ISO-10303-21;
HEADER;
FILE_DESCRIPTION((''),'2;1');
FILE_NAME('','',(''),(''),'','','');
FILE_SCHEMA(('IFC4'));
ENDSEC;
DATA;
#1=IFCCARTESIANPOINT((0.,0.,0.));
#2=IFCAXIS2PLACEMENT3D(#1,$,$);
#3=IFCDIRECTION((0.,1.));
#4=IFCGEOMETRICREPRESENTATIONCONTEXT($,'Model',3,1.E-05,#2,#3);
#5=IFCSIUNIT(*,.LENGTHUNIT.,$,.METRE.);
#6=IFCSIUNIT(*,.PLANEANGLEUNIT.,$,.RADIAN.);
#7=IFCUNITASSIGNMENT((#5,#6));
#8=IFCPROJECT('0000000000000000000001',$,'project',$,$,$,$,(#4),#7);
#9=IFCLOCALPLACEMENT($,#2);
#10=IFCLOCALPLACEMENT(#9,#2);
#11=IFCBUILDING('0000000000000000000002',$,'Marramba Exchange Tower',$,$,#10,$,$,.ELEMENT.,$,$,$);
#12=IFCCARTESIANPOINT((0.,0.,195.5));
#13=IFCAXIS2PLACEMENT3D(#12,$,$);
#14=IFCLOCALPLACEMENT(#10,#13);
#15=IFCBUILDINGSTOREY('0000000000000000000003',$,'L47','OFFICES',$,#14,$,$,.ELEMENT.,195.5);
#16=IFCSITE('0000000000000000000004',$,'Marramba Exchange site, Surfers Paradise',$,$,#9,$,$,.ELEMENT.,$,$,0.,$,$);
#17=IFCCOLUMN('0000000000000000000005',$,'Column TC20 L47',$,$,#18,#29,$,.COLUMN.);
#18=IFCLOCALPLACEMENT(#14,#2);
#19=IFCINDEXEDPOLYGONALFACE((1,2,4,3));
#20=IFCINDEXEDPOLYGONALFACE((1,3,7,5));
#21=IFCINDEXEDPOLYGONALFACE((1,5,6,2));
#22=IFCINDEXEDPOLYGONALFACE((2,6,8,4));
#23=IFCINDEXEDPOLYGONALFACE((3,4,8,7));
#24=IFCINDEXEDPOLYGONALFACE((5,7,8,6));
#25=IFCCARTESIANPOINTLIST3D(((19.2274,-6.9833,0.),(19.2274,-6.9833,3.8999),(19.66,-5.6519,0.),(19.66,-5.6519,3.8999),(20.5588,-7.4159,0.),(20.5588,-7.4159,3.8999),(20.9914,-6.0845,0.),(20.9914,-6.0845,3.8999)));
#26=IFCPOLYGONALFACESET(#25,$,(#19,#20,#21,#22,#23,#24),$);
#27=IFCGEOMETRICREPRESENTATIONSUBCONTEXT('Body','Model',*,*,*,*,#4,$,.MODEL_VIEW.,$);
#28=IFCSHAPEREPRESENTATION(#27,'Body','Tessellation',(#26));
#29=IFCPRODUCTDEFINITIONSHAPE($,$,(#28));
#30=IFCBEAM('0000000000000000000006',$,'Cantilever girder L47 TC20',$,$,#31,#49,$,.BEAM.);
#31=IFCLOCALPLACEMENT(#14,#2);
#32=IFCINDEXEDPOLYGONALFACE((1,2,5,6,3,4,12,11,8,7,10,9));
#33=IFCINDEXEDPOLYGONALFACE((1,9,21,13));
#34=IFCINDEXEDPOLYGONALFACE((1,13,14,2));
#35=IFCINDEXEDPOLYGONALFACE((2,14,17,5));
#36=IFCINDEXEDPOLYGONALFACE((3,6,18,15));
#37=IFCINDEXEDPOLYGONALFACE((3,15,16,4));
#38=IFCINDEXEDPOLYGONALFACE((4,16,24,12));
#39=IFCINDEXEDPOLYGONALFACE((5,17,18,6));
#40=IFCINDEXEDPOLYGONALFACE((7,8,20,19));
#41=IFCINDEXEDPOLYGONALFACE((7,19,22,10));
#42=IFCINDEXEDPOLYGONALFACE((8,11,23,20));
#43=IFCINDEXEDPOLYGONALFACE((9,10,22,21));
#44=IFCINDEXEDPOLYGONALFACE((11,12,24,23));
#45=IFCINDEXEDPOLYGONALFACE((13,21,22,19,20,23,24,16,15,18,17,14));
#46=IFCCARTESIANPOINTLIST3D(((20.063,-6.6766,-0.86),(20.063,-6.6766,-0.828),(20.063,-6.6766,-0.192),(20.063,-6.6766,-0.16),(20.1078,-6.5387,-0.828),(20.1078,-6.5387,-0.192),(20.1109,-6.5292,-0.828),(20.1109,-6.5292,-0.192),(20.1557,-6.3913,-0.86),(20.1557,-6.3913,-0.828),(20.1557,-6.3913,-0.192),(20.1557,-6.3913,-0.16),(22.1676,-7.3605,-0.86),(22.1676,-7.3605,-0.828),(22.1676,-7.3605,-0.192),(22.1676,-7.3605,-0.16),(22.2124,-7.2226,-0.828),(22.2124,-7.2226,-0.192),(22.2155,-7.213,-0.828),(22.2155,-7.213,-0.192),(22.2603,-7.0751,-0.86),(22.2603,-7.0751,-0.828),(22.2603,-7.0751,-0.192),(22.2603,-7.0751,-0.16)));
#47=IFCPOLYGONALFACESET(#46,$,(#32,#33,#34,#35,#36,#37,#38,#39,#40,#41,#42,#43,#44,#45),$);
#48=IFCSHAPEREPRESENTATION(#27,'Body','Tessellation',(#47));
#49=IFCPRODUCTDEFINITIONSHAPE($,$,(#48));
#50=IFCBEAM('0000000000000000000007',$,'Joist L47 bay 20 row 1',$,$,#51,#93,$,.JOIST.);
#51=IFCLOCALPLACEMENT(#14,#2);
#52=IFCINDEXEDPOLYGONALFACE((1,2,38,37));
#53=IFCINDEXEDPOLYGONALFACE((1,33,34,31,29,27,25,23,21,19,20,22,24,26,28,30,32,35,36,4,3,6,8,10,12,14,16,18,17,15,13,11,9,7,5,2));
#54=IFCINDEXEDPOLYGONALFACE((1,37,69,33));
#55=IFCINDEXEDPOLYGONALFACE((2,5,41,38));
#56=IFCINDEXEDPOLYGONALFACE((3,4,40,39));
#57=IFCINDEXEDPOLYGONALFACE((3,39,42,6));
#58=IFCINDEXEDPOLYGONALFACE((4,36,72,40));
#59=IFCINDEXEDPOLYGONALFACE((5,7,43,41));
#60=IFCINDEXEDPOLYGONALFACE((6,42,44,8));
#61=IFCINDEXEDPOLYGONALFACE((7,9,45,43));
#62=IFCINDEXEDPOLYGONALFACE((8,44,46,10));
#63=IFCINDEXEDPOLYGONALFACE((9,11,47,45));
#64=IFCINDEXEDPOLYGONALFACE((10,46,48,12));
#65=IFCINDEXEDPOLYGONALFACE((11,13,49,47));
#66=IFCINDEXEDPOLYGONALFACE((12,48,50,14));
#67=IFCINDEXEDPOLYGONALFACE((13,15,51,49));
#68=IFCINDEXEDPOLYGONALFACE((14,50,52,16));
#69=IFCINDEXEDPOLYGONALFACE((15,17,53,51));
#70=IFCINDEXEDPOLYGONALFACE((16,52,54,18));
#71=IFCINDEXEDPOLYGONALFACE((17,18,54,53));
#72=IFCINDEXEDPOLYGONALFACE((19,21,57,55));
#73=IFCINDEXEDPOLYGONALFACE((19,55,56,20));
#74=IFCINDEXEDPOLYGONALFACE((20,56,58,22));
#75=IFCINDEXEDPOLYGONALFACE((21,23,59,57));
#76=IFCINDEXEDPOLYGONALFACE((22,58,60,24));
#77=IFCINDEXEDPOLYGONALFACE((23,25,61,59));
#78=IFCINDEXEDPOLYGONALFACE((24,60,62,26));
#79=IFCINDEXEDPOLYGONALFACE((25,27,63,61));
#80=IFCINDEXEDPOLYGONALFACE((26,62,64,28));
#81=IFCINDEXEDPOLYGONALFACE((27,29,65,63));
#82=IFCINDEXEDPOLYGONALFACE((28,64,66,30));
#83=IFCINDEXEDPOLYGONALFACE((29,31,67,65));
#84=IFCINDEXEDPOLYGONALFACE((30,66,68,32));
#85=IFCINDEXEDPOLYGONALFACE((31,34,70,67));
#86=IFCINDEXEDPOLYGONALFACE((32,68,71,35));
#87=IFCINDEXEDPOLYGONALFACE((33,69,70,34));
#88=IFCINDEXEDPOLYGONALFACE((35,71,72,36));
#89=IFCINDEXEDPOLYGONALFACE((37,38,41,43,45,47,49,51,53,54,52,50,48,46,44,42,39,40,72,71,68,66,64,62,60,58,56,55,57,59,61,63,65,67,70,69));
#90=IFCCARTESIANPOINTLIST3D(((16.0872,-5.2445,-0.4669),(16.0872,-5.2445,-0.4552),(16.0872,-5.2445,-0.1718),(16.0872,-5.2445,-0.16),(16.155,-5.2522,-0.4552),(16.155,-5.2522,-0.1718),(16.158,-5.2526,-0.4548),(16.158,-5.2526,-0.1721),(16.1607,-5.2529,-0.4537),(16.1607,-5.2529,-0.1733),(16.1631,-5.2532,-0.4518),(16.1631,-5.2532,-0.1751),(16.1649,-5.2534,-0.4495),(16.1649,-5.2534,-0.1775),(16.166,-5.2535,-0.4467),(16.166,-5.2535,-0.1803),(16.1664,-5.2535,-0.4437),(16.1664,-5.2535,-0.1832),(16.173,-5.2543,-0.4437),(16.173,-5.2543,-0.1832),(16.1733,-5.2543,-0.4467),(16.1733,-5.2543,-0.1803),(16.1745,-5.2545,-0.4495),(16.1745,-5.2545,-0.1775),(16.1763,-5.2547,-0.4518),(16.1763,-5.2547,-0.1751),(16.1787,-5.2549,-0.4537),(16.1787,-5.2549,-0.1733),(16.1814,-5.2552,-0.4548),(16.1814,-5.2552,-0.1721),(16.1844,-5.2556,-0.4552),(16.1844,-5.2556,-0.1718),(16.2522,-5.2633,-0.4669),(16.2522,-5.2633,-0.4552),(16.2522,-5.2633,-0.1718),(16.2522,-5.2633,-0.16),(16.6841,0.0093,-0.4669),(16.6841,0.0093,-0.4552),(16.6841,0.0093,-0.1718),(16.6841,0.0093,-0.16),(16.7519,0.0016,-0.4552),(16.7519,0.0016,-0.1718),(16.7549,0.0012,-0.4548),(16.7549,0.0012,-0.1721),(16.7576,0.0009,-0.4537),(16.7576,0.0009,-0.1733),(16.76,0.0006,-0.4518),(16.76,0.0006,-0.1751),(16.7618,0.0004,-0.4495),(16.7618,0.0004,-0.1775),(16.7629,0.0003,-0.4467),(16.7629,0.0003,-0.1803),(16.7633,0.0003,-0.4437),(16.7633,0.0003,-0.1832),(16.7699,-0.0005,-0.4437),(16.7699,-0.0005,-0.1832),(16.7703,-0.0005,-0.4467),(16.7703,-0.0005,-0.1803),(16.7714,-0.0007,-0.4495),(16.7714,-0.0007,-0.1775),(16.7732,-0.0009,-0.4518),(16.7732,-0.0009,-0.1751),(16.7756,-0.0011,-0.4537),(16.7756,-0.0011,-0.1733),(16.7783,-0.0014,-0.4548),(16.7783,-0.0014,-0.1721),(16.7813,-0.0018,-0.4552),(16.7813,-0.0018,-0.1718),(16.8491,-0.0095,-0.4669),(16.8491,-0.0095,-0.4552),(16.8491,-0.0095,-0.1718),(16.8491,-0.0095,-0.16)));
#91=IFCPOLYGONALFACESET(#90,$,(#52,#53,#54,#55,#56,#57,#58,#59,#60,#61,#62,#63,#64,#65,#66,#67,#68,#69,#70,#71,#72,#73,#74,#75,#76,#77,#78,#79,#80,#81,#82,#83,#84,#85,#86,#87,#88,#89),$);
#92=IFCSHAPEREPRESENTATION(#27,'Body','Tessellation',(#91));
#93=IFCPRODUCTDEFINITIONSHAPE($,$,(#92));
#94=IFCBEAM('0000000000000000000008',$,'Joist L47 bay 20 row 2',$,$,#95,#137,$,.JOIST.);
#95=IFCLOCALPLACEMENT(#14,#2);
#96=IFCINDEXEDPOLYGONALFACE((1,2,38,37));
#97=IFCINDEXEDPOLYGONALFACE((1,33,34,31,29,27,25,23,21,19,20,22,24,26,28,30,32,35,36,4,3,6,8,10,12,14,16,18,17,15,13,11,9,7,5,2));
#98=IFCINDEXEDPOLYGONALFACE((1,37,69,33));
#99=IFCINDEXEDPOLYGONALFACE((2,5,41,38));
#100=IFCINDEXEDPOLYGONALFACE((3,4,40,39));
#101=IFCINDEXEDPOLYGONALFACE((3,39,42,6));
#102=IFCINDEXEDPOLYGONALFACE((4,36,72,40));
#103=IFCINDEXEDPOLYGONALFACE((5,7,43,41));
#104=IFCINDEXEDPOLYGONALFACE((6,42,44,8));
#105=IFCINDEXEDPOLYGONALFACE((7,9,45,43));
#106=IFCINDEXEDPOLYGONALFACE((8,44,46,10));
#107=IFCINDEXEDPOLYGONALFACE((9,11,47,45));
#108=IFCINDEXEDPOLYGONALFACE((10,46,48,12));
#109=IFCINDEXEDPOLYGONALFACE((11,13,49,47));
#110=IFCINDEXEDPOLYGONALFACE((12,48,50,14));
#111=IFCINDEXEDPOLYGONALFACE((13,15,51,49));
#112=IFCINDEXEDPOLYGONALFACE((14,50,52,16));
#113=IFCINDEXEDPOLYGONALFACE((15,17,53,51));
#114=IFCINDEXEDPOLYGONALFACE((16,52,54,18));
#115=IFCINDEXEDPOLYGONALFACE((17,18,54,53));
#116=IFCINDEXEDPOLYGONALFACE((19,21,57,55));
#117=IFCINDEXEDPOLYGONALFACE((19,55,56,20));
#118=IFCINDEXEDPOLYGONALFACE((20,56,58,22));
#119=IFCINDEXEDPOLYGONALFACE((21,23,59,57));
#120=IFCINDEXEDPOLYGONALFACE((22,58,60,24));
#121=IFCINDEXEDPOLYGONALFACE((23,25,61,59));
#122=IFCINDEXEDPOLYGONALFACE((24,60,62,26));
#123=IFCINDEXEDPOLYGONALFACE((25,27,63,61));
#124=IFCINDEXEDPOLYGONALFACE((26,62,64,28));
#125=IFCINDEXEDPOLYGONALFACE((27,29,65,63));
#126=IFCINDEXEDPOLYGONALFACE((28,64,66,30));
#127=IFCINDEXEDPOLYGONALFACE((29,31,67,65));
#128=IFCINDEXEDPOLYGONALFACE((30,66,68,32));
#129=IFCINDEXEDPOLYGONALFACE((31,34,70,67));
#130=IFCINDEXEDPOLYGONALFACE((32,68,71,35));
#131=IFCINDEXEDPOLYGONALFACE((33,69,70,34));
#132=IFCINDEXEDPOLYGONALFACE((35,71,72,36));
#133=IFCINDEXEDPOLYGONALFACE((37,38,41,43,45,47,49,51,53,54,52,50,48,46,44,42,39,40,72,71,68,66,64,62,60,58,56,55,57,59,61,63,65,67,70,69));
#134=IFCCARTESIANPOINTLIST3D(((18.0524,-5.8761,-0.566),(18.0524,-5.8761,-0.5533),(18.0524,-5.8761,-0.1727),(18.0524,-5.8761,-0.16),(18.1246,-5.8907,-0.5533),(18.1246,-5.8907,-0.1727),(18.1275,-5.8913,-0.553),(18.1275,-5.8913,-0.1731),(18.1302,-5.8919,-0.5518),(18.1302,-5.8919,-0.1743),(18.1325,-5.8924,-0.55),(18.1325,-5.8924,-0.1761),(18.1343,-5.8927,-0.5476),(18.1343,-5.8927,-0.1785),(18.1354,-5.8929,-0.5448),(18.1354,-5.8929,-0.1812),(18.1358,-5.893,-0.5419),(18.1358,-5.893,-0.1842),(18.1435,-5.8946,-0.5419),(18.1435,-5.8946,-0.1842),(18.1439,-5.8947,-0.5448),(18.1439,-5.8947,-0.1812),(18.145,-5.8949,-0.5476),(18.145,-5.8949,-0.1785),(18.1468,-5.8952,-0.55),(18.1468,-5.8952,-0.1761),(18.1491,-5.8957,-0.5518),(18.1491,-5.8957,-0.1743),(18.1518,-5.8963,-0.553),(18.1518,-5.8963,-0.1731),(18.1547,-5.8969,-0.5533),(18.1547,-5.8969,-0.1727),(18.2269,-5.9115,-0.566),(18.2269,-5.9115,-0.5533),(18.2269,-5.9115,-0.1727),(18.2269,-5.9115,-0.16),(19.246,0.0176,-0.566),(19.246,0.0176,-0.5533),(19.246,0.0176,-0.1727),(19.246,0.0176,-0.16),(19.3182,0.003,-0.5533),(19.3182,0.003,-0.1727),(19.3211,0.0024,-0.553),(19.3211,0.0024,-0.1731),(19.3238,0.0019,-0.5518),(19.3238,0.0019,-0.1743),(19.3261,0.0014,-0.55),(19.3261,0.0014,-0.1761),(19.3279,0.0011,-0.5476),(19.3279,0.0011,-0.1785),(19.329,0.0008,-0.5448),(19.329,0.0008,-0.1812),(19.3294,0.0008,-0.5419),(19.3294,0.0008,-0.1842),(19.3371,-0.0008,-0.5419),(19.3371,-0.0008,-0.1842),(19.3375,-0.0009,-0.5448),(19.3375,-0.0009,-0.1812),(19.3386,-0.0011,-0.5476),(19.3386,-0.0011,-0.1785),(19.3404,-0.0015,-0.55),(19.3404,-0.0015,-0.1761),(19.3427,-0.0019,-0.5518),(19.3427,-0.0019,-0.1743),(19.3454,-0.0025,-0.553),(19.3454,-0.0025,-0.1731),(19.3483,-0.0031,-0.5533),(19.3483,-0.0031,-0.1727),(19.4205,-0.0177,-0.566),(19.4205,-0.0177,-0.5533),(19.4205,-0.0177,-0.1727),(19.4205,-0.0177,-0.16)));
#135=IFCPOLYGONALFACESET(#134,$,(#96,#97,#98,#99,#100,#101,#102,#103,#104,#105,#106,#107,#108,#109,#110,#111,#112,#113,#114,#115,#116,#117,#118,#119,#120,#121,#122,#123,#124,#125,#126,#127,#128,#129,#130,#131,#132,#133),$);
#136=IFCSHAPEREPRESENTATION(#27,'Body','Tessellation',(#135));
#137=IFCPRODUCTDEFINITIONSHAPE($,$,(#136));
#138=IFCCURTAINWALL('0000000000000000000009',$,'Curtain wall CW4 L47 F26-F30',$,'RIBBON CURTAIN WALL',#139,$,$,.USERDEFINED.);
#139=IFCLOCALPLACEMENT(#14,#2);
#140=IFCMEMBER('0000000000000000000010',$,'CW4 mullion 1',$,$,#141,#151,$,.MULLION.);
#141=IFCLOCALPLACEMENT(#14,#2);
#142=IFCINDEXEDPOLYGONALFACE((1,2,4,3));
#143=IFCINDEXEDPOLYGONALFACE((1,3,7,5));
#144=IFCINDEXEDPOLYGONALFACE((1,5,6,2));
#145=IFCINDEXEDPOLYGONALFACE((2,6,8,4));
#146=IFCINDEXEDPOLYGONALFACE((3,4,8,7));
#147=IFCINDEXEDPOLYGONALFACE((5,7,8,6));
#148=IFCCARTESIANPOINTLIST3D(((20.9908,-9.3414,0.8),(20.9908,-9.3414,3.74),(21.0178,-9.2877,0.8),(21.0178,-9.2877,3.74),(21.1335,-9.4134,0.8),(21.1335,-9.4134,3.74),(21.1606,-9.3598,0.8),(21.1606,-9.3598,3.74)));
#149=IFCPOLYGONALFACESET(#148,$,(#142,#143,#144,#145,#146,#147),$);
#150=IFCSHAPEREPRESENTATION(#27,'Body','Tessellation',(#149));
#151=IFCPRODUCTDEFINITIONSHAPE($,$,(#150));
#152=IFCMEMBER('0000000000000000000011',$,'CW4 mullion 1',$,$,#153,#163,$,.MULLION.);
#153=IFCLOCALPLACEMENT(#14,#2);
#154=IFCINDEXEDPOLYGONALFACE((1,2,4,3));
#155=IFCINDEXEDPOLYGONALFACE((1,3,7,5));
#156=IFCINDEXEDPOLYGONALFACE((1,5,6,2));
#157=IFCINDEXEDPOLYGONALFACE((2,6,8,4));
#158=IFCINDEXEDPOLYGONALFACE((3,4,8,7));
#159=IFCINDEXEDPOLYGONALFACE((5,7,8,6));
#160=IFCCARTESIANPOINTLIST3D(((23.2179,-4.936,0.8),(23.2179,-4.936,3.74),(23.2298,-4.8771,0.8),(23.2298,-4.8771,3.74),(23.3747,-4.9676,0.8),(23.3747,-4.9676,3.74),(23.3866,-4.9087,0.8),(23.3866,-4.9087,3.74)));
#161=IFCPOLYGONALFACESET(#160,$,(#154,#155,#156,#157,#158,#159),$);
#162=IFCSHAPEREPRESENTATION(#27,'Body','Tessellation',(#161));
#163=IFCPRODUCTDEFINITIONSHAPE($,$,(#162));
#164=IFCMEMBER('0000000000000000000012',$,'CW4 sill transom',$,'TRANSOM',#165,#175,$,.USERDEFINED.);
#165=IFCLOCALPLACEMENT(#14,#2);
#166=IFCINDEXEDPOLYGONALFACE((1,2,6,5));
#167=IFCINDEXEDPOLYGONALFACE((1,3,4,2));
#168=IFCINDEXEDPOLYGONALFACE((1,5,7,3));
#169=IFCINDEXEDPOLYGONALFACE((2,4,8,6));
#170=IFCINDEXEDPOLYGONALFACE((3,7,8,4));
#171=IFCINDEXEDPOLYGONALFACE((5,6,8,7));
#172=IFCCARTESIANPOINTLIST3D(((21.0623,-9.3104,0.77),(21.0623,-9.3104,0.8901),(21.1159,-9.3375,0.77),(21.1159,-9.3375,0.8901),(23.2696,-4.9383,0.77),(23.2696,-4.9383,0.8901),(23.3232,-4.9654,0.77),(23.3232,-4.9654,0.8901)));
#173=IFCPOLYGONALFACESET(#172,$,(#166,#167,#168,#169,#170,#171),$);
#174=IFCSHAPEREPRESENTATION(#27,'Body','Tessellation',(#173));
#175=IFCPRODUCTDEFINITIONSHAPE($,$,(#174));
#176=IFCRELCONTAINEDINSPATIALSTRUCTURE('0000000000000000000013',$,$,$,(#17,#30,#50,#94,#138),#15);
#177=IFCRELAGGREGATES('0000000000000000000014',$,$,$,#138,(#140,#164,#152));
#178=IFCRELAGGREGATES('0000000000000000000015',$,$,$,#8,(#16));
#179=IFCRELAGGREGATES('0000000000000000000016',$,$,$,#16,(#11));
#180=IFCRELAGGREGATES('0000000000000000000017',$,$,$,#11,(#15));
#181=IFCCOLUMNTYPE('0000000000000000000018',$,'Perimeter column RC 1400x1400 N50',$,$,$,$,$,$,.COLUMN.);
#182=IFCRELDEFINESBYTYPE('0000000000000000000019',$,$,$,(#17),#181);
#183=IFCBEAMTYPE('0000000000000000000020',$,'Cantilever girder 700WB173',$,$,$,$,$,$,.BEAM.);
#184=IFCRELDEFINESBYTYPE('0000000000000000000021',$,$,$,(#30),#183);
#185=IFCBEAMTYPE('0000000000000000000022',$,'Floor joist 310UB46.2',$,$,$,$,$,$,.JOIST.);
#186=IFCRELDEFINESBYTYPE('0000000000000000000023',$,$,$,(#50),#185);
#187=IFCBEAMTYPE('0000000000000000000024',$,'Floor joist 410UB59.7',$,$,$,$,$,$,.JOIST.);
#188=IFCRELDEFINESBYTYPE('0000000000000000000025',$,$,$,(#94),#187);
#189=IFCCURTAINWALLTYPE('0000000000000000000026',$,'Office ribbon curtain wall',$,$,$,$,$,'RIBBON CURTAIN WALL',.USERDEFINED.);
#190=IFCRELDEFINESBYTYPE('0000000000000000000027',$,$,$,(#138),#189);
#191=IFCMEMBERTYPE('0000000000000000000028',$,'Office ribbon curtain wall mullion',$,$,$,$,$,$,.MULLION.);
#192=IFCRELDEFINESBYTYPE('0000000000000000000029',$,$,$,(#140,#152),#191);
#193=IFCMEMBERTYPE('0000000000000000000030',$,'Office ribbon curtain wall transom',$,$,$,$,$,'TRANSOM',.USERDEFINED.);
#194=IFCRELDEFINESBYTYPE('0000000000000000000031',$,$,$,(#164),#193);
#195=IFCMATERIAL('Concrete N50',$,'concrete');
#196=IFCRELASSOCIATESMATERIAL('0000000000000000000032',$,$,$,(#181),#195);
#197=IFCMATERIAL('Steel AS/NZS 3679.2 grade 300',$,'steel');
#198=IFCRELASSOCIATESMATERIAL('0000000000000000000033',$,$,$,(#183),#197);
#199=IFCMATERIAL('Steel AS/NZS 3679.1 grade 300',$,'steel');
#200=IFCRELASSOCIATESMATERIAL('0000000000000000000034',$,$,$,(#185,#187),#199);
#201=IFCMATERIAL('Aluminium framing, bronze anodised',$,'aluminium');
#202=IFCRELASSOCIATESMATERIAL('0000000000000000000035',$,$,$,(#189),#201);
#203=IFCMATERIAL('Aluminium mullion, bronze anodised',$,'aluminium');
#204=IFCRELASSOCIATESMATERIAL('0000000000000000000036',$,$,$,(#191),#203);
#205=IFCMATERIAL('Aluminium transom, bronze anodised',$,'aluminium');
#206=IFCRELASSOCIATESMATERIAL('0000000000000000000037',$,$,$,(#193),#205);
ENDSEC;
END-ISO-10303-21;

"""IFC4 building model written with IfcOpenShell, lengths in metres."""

from ifc_helpers import new_model, si_unit, direction, frame, origin, origin_2d, place, context, subcontext, project, spatial, rectangle, i_section, extrude, material, material_profile, profile_set, type_object, element, aggregate, save


model = new_model("IFC4")

# Units and contexts
model_context = context("Model", 3, precision=1e-05, world=origin(), true_north=direction((0.0, 1.0)))
body_context = subcontext(model_context, "Body", "Model", "MODEL_VIEW")
ifc_project = project(units=[si_unit("LENGTHUNIT", "METRE"), si_unit("PLANEANGLEUNIT", "RADIAN")], contexts=[model_context])

# Site, building, storey
site_placement = place(None, origin())
site = spatial("IfcSite", under=ifc_project, at=site_placement, Name="Marramba Exchange site, Surfers Paradise", CompositionType="ELEMENT", RefElevation=0.0)
building_placement = place(site_placement, origin())
building = spatial("IfcBuilding", under=site, at=building_placement, Name="Marramba Exchange Tower", CompositionType="ELEMENT")
storey_placement = place(building_placement, frame((0.0, 0.0, 195.5)))
storey = spatial("IfcBuildingStorey", under=building, at=storey_placement, Name="L47", Description="OFFICES", CompositionType="ELEMENT", Elevation=195.5)

# Column
ifc_material_1 = material(Name="Concrete N50", Category="concrete")
ifc_material_profile_1 = material_profile(ifc_material_1, rectangle(XDim=1.3999, YDim=1.3999, at=origin_2d()), Name="RC 1400x1400")
ifc_profile_set_1 = profile_set([ifc_material_profile_1], Name="Concrete N50")
column_type = type_object("IfcColumnType", Name="Perimeter column RC 1400x1400 N50", PredefinedType="COLUMN", material=ifc_profile_set_1)
column_placement = place(storey_placement, frame((20.1094, -6.5339, 0.0), z_axis=(0.0, 0.0, 1.0), x_axis=(0.951057, -0.309017, 0.0)))
element("IfcColumn", 1, at=column_placement, inside=storey, type_object=column_type, Name="Column TC20 L47", PredefinedType="COLUMN", context=body_context, shape_type="SweptSolid", body=[
    extrude(rectangle(XDim=1.3999, YDim=1.3999, at=origin_2d()), origin(), (0.0, 0.0, 1.0), 3.8999),
])

# Beams
ifc_material_2 = material(Name="Steel AS/NZS 3679.2 grade 300", Category="steel")
ifc_material_profile_2 = material_profile(ifc_material_2, i_section(OverallWidth=0.3, OverallDepth=0.7, WebThickness=0.01, FlangeThickness=0.032, at=origin_2d()), Name="700WB173")
ifc_profile_set_2 = profile_set([ifc_material_profile_2], Name="Steel AS/NZS 3679.2 grade 300")
beam_type_1 = type_object("IfcBeamType", Name="Cantilever girder 700WB173", PredefinedType="BEAM", material=ifc_profile_set_2)
beam_1_placement = place(storey_placement, frame((20.1094, -6.5339, -0.51), z_axis=(0.95105, -0.309036, 0.0), x_axis=(0.309036, 0.95105, 0.0)))
element("IfcBeam", 2, at=beam_1_placement, inside=storey, type_object=beam_type_1, Name="Cantilever girder L47 TC20", PredefinedType="BEAM", context=body_context, shape_type="SweptSolid", body=[
    extrude(i_section(OverallWidth=0.3, OverallDepth=0.7, WebThickness=0.01, FlangeThickness=0.032, at=origin_2d()), origin(), (0.0, 0.0, 1.0), 2.2129),
])
ifc_material_3 = material(Name="Steel AS/NZS 3679.1 grade 300", Category="steel")
ifc_material_profile_3 = material_profile(ifc_material_3, i_section(OverallWidth=0.166, OverallDepth=0.3069, WebThickness=0.0066, FlangeThickness=0.0117, FilletRadius=0.0115, at=origin_2d()), Name="310UB46.2")
ifc_profile_set_3 = profile_set([ifc_material_profile_3], Name="Steel AS/NZS 3679.1 grade 300")
beam_type_2 = type_object("IfcBeamType", Name="Floor joist 310UB46.2", PredefinedType="JOIST", material=ifc_profile_set_3)
beam_2_placement = place(storey_placement, frame((16.1697, -5.2539, -0.3135), z_axis=(0.112889, 0.993608, 0.0), x_axis=(-0.993608, 0.112889, 0.0)))
element("IfcBeam", 3, at=beam_2_placement, inside=storey, type_object=beam_type_2, Name="Joist L47 bay 20 row 1", PredefinedType="JOIST", context=body_context, shape_type="SweptSolid", body=[
    extrude(i_section(OverallWidth=0.166, OverallDepth=0.3069, WebThickness=0.0066, FlangeThickness=0.0117, FilletRadius=0.0115, at=origin_2d()), origin(), (0.0, 0.0, 1.0), 5.2876),
])
ifc_material_profile_4 = material_profile(ifc_material_3, i_section(OverallWidth=0.178, OverallDepth=0.406, WebThickness=0.0078, FlangeThickness=0.0127, FilletRadius=0.0115, at=origin_2d()), Name="410UB59.7")
ifc_profile_set_4 = profile_set([ifc_material_profile_4], Name="Steel AS/NZS 3679.1 grade 300")
beam_type_3 = type_object("IfcBeamType", Name="Floor joist 410UB59.7", PredefinedType="JOIST", material=ifc_profile_set_4)
beam_3_placement = place(storey_placement, frame((18.1396, -5.8938, -0.363), z_axis=(0.198489, 0.980103, 0.0), x_axis=(-0.980103, 0.198489, 0.0)))
element("IfcBeam", 4, at=beam_3_placement, inside=storey, type_object=beam_type_3, Name="Joist L47 bay 20 row 2", PredefinedType="JOIST", context=body_context, shape_type="SweptSolid", body=[
    extrude(i_section(OverallWidth=0.178, OverallDepth=0.406, WebThickness=0.0078, FlangeThickness=0.0127, FilletRadius=0.0115, at=origin_2d()), origin(), (0.0, 0.0, 1.0), 6.0134),
])

# Curtain wall, members
ifc_material_4 = material(Name="Aluminium framing, bronze anodised", Category="aluminium")
curtain_wall_type = type_object("IfcCurtainWallType", Name="Office ribbon curtain wall", ElementType="RIBBON CURTAIN WALL", PredefinedType="USERDEFINED", material=ifc_material_4)
curtain_wall_placement = place(storey_placement, origin())
curtain_wall = element("IfcCurtainWall", 5, at=curtain_wall_placement, inside=storey, type_object=curtain_wall_type, Name="Curtain wall CW4 L47 F26-F30", ObjectType="RIBBON CURTAIN WALL", PredefinedType="USERDEFINED")
ifc_material_5 = material(Name="Aluminium mullion, bronze anodised", Category="aluminium")
ifc_material_profile_5 = material_profile(ifc_material_5, rectangle(XDim=0.1599, YDim=0.0601, at=origin_2d()), Name="CW4 mullion 60x160")
ifc_profile_set_5 = profile_set([ifc_material_profile_5], Name="Aluminium mullion, bronze anodised")
member_type_1 = type_object("IfcMemberType", Name="Office ribbon curtain wall mullion", PredefinedType="MULLION", material=ifc_profile_set_5)
member_1_placement = place(storey_placement, frame((21.0757, -9.3506, 0.8), z_axis=(0.0, 0.0, 1.0), x_axis=(-0.892689, 0.450673, 0.0)))
member_1 = element("IfcMember", 6, at=member_1_placement, type_object=member_type_1, Name="CW4 mullion 1", PredefinedType="MULLION", context=body_context, shape_type="SweptSolid", body=[
    extrude(rectangle(XDim=0.1599, YDim=0.0601, at=origin_2d()), origin(), (0.0, 0.0, 1.0), 2.9399),
])
member_2_placement = place(storey_placement, frame((23.3022, -4.9224, 0.8), z_axis=(0.0, 0.0, 1.0), x_axis=(-0.980304, 0.197495, 0.0)))
member_2 = element("IfcMember", 7, at=member_2_placement, type_object=member_type_1, Name="CW4 mullion 1", PredefinedType="MULLION", context=body_context, shape_type="SweptSolid", body=[
    extrude(rectangle(XDim=0.1599, YDim=0.0601, at=origin_2d()), origin(), (0.0, 0.0, 1.0), 2.9399),
])
ifc_material_6 = material(Name="Aluminium transom, bronze anodised", Category="aluminium")
ifc_material_profile_6 = material_profile(ifc_material_6, rectangle(XDim=0.0601, YDim=0.1201, at=origin_2d()), Name="CW4 transom 60x120")
ifc_profile_set_6 = profile_set([ifc_material_profile_6], Name="Aluminium transom, bronze anodised")
member_type_2 = type_object("IfcMemberType", Name="Office ribbon curtain wall transom", ElementType="TRANSOM", PredefinedType="USERDEFINED", material=ifc_profile_set_6)
member_3_placement = place(storey_placement, frame((21.0891, -9.324, 0.8301), z_axis=(0.45068, 0.892686, 0.0), x_axis=(-0.892686, 0.45068, 0.0)))
member_3 = element("IfcMember", 8, at=member_3_placement, type_object=member_type_2, Name="CW4 sill transom", ObjectType="TRANSOM", PredefinedType="USERDEFINED", context=body_context, shape_type="SweptSolid", body=[
    extrude(rectangle(XDim=0.0601, YDim=0.1201, at=origin_2d()), origin(), (0.0, 0.0, 1.0), 4.8977),
])

aggregate(curtain_wall, [member_1, member_3, member_2])

save(model, "model.ifc")
